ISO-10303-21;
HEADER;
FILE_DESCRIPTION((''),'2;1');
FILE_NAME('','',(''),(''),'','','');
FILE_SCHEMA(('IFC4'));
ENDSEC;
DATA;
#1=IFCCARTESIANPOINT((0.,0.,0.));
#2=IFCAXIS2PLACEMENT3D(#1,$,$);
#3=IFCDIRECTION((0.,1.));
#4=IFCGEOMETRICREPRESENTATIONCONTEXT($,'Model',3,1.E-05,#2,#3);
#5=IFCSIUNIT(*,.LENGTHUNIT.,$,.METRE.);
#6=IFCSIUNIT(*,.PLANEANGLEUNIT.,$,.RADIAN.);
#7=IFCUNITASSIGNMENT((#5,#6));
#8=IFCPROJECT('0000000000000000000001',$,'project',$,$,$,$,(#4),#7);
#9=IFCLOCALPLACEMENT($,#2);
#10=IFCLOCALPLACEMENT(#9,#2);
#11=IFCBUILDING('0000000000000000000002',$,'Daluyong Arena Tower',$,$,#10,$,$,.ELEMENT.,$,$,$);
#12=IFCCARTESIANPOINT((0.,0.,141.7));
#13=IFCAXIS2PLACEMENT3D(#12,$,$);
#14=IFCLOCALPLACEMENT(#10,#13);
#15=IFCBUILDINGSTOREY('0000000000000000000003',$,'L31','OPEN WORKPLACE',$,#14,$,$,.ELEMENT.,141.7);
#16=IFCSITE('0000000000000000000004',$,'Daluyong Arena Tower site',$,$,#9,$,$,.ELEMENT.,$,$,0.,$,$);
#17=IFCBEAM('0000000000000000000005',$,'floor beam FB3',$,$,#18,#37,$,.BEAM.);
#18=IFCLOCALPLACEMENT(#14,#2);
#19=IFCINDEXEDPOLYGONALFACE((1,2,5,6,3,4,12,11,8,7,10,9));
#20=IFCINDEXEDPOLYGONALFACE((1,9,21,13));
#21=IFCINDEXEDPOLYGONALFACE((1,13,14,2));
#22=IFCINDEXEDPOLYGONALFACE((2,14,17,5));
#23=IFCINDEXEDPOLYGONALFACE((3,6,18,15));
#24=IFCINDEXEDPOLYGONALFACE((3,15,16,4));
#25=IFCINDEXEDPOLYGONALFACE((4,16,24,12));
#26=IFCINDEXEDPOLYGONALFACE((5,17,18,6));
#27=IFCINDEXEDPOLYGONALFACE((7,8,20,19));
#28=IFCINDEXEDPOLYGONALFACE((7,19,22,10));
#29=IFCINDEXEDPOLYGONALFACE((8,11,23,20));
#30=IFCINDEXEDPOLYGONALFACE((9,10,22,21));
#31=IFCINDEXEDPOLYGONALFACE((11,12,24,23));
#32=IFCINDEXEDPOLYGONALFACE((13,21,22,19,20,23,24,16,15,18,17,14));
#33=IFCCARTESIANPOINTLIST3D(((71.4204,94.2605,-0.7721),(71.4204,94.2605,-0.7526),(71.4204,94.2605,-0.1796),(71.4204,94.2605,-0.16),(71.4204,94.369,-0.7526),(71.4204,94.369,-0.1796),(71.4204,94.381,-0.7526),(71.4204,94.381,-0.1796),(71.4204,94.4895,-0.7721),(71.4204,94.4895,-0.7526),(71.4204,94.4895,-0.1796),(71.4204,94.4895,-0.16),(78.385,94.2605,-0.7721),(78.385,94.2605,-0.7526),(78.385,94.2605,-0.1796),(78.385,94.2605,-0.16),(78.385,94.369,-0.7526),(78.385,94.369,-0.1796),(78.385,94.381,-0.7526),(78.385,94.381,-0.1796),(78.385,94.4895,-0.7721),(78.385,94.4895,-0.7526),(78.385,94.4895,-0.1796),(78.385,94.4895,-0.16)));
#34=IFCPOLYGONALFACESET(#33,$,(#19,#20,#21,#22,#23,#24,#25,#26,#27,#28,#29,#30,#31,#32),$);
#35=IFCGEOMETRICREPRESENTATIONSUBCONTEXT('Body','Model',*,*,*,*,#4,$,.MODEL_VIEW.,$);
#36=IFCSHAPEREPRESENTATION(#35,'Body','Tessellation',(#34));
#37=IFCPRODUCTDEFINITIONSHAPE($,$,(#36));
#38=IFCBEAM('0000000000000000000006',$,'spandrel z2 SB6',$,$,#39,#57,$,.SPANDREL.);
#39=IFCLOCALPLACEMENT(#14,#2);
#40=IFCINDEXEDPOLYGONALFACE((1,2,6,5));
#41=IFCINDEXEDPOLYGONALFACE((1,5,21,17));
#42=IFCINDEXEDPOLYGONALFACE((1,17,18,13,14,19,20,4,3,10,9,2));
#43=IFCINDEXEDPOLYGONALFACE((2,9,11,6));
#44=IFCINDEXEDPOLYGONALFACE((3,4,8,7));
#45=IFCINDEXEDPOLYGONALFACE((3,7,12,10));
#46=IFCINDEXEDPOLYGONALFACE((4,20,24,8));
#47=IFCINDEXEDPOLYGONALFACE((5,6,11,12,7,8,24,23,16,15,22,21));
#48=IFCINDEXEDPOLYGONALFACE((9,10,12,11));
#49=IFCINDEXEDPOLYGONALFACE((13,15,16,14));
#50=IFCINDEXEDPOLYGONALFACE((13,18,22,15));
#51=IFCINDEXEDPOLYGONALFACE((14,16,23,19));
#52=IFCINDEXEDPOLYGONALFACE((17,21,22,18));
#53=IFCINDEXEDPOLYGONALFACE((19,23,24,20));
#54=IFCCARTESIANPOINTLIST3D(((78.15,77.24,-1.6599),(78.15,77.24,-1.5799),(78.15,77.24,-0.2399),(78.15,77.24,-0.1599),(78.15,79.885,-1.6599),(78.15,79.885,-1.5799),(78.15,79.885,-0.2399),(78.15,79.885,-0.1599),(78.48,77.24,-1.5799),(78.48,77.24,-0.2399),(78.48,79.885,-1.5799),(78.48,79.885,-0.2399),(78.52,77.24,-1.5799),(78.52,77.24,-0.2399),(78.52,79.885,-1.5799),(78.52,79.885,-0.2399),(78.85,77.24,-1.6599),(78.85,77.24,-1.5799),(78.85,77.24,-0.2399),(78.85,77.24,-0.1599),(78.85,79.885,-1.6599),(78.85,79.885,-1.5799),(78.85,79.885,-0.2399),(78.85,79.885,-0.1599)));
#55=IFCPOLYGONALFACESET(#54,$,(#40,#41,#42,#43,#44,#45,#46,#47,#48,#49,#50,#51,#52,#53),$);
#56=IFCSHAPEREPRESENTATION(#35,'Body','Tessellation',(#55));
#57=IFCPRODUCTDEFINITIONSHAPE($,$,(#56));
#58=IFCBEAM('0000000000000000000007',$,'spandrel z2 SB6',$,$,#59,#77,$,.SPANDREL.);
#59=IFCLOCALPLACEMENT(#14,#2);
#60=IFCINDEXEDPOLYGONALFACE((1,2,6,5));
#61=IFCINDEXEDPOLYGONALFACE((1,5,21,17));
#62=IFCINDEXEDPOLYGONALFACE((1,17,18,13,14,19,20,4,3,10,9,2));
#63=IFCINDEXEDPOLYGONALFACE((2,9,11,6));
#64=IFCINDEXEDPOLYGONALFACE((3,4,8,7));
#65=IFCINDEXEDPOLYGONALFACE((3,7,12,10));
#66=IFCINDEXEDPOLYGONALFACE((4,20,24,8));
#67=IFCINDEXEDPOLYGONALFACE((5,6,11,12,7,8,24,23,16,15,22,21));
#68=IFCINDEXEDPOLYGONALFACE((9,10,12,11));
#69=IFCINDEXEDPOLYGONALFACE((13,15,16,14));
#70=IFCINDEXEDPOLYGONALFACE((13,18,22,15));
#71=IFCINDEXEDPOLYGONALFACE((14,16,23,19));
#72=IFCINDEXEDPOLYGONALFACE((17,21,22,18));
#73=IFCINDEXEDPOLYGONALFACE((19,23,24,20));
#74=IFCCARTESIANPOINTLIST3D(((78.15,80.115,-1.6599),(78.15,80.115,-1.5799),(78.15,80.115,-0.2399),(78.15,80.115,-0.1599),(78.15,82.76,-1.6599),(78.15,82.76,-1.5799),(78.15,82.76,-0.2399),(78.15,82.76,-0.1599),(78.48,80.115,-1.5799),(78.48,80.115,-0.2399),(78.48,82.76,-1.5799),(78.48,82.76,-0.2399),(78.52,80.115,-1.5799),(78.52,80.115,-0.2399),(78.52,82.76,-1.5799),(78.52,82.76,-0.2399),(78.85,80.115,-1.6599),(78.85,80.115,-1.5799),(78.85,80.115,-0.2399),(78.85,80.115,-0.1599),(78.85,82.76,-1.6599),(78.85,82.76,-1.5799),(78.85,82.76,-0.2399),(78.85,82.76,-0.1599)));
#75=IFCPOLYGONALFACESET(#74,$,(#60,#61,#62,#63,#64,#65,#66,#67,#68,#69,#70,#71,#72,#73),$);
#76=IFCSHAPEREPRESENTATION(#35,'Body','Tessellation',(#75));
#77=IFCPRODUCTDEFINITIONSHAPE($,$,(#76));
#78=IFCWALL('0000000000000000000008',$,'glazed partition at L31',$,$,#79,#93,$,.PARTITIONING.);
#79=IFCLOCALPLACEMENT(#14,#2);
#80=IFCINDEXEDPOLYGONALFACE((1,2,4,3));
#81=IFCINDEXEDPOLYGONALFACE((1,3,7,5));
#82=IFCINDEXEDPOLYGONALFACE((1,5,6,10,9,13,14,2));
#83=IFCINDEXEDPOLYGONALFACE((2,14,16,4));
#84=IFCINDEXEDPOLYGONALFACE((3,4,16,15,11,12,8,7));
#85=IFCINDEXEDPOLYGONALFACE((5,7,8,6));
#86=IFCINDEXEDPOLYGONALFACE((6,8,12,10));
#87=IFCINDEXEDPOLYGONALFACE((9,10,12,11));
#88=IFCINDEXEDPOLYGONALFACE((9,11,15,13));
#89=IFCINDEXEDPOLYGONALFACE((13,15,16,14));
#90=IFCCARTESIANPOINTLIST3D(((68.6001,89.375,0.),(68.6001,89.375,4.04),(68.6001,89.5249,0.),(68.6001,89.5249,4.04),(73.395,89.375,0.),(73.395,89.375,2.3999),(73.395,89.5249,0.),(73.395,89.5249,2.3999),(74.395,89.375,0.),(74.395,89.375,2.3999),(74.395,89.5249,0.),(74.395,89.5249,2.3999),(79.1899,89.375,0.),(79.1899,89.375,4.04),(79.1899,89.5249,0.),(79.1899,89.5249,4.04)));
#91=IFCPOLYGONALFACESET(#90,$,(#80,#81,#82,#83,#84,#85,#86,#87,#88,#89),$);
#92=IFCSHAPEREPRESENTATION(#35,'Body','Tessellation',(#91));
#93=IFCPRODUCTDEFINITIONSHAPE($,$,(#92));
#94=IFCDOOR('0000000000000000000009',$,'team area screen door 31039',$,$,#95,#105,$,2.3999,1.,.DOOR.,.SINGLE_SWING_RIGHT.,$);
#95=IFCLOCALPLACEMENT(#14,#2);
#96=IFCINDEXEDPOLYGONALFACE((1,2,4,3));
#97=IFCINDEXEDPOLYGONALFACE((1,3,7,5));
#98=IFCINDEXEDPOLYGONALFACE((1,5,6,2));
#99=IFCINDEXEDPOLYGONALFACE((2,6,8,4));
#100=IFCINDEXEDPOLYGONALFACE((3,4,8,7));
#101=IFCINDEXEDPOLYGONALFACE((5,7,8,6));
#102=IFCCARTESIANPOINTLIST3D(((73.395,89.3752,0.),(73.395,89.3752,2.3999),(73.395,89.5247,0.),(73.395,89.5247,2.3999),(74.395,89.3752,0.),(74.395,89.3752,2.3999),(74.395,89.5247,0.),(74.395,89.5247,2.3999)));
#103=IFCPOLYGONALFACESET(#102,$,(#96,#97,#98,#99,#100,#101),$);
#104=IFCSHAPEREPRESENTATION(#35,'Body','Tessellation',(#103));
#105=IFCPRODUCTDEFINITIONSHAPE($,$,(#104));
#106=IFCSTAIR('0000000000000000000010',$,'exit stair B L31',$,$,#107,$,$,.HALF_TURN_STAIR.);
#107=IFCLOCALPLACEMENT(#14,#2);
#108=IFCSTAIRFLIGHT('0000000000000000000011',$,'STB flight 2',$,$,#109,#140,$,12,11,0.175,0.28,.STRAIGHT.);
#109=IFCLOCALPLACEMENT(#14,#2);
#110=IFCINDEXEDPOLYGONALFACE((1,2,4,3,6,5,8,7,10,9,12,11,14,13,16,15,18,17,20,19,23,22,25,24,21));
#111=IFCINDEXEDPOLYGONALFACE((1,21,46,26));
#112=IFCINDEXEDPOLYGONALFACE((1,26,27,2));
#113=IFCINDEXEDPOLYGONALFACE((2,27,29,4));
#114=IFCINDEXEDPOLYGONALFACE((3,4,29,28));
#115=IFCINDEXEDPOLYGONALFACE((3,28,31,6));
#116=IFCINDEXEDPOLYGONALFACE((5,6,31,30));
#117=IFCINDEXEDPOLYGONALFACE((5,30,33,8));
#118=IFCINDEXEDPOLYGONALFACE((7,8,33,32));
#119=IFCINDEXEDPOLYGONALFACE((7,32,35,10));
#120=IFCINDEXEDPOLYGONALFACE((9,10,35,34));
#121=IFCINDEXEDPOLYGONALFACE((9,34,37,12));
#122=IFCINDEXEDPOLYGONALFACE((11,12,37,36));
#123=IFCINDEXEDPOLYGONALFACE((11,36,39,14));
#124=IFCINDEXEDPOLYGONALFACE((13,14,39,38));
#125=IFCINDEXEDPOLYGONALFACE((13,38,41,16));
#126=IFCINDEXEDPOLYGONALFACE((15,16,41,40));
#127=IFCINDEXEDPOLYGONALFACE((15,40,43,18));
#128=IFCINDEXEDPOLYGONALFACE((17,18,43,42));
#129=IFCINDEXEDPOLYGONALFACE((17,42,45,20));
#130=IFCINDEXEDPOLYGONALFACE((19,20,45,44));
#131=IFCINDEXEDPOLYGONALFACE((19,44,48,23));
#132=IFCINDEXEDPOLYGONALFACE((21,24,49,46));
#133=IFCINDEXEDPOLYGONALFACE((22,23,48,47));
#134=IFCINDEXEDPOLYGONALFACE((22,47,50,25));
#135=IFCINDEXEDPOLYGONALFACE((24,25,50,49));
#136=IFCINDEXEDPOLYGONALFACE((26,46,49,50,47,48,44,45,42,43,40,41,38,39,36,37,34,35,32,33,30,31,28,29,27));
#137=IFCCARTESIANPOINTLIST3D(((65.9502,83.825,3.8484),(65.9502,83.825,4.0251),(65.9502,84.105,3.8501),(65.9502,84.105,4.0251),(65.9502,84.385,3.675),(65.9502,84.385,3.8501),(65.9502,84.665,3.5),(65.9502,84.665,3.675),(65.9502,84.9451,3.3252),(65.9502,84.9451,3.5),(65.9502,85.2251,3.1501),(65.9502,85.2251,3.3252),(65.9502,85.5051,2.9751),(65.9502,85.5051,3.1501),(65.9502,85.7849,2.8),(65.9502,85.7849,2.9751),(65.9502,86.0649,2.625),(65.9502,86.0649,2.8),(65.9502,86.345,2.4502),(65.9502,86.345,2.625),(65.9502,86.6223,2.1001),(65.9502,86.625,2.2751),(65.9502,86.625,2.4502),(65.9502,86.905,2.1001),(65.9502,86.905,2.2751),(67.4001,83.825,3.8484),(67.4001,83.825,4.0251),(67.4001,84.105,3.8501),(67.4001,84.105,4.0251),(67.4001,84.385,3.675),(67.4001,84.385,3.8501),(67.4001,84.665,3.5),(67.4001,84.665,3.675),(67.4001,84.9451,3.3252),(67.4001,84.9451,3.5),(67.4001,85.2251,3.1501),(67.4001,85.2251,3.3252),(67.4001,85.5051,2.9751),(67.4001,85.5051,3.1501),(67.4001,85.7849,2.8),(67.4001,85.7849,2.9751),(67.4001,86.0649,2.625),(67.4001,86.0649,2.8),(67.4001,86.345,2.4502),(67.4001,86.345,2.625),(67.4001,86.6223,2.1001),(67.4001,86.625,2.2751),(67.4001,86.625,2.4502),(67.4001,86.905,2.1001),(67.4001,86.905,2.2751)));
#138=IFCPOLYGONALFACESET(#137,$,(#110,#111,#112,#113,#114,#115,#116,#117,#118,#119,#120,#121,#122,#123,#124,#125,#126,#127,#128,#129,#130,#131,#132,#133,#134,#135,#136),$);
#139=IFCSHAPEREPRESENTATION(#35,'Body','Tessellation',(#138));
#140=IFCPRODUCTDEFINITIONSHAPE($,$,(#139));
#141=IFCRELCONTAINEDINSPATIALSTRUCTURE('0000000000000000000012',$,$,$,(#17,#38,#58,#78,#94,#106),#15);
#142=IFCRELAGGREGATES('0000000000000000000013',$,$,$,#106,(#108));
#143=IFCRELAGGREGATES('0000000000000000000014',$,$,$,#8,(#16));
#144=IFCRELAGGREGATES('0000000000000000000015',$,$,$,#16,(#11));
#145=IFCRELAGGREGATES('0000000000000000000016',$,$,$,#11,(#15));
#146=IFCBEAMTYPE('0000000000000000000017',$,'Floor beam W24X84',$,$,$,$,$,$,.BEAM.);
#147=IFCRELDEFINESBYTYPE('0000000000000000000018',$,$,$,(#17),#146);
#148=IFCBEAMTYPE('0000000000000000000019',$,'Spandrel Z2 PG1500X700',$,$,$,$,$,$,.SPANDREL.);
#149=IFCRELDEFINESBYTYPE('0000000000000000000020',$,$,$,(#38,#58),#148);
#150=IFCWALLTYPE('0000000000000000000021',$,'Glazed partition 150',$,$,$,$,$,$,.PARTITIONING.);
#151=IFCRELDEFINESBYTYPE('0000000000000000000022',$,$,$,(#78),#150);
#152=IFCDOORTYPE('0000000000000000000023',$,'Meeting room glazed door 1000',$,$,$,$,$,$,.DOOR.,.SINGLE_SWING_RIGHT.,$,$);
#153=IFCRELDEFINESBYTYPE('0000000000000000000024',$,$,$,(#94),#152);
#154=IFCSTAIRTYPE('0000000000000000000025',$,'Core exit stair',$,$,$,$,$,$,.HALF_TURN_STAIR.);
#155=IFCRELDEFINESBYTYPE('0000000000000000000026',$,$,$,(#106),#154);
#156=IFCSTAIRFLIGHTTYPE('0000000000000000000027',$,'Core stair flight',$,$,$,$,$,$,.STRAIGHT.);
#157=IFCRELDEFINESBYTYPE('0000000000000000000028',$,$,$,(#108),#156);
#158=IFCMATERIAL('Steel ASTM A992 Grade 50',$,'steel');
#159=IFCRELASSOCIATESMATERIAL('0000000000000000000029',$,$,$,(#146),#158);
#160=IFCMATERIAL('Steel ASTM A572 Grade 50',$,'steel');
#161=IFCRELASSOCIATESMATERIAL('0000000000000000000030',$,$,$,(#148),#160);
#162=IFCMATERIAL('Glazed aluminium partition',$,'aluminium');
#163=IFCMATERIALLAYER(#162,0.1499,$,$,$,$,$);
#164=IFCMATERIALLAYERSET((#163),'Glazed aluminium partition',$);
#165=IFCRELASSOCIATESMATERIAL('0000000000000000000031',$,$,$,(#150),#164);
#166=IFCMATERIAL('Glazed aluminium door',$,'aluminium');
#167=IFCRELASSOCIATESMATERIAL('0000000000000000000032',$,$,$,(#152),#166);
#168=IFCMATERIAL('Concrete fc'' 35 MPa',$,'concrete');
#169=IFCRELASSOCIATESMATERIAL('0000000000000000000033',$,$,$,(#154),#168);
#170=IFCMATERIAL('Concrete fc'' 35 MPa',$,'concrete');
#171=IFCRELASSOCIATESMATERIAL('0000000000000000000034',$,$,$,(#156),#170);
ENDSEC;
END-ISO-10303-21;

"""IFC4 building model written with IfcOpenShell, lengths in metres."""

from ifc_helpers import new_model, si_unit, direction, frame, frame_2d, origin, origin_2d, place, context, subcontext, project, spatial, polyline, rectangle, i_section, outline, extrude, material, layer, layer_set, material_profile, profile_set, type_object, element, fill, aggregate, save


model = new_model("IFC4")

# Units and contexts
model_context = context("Model", 3, precision=1e-05, world=origin(), true_north=direction((0.0, 1.0)))
body_context = subcontext(model_context, "Body", "Model", "MODEL_VIEW")
ifc_project = project(units=[si_unit("LENGTHUNIT", "METRE"), si_unit("PLANEANGLEUNIT", "RADIAN")], contexts=[model_context])

# Site, building, storey
site_placement = place(None, origin())
site = spatial("IfcSite", under=ifc_project, at=site_placement, Name="Daluyong Arena Tower site", CompositionType="ELEMENT", RefElevation=0.0)
building_placement = place(site_placement, origin())
building = spatial("IfcBuilding", under=site, at=building_placement, Name="Daluyong Arena Tower", CompositionType="ELEMENT")
storey_placement = place(building_placement, frame((0.0, 0.0, 141.7)))
storey = spatial("IfcBuildingStorey", under=building, at=storey_placement, Name="L31", Description="OPEN WORKPLACE", CompositionType="ELEMENT", Elevation=141.7)

# Beams
ifc_material_1 = material(Name="Steel ASTM A992 Grade 50", Category="steel")
ifc_material_profile_1 = material_profile(ifc_material_1, i_section(OverallWidth=0.229, OverallDepth=0.6121, WebThickness=0.012, FlangeThickness=0.0195, at=origin_2d()))
ifc_profile_set_1 = profile_set([ifc_material_profile_1], Name="Steel ASTM A992 Grade 50")
beam_type_1 = type_object("IfcBeamType", Name="Floor beam W24X84", PredefinedType="BEAM", material=ifc_profile_set_1)
beam_1_placement = place(storey_placement, frame((78.385, 94.375, -0.4661), z_axis=(-1.0, 0.0, 0.0), x_axis=(0.0, -1.0, 0.0)))
element("IfcBeam", 1, at=beam_1_placement, inside=storey, type_object=beam_type_1, Name="floor beam FB3", PredefinedType="BEAM", context=body_context, shape_type="SweptSolid", body=[
    extrude(i_section(OverallWidth=0.229, OverallDepth=0.6121, WebThickness=0.012, FlangeThickness=0.0195, at=origin_2d()), origin(), (0.0, 0.0, 1.0), 6.9646),
])
ifc_material_2 = material(Name="Steel ASTM A572 Grade 50", Category="steel")
ifc_material_profile_2 = material_profile(ifc_material_2, i_section(OverallWidth=0.7, OverallDepth=1.5, WebThickness=0.04, FlangeThickness=0.08, at=origin_2d()))
ifc_profile_set_2 = profile_set([ifc_material_profile_2], Name="Steel ASTM A572 Grade 50")
beam_type_2 = type_object("IfcBeamType", Name="Spandrel Z2 PG1500X700", PredefinedType="SPANDREL", material=ifc_profile_set_2)
for number, where, z_axis, x_axis, name in (
    (2, (78.5, 77.24, -0.9099), (0.0, 1.0, 0.0), (-1.0, 0.0, 0.0), "spandrel z2 SB6"),
    (3, (78.5, 80.115, -0.9099), (0.0, 1.0, 0.0), (-1.0, 0.0, 0.0), "spandrel z2 SB6"),
):
    element("IfcBeam", number, at=place(storey_placement, frame(where, z_axis=z_axis, x_axis=x_axis)), inside=storey, type_object=beam_type_2, Name=name, PredefinedType="SPANDREL", context=body_context, shape_type="SweptSolid", body=[
        extrude(i_section(OverallWidth=0.7, OverallDepth=1.5, WebThickness=0.04, FlangeThickness=0.08, at=origin_2d()), origin(), (0.0, 0.0, 1.0), 2.645),
    ])

# Wall, opening, door
ifc_material_3 = material(Name="Glazed aluminium partition", Category="aluminium")
ifc_layer = layer(ifc_material_3, 0.1499)
ifc_layer_set = layer_set([ifc_layer], Name="Glazed aluminium partition")
wall_type = type_object("IfcWallType", Name="Glazed partition 150", PredefinedType="PARTITIONING", material=ifc_layer_set)
wall_placement = place(storey_placement, frame((68.6001, 89.45, 0.0), z_axis=(0.0, 0.0, 1.0), x_axis=(1.0, 0.0, 0.0)))
wall = element("IfcWall", 4, at=wall_placement, inside=storey, type_object=wall_type, Name="glazed partition at L31", PredefinedType="PARTITIONING", context=body_context, shape_type="SweptSolid", body=[
    extrude(rectangle(XDim=10.5898, YDim=0.1499, at=frame_2d((5.2949, 0.0))), origin(), (0.0, 0.0, 1.0), 4.04),
])
opening_placement = place(wall_placement, frame((4.7949, 0.0, 0.0)))
opening = element("IfcOpeningElement", 5, at=opening_placement, cuts=wall, PredefinedType="OPENING", context=body_context, shape_type="SweptSolid", body=[
    extrude(rectangle(XDim=1.0, YDim=2.3999, at=frame_2d((0.5, 1.2))), frame((0.0, 0.085, 0.0), z_axis=(0.0, -1.0, 0.0), x_axis=(1.0, 0.0, 0.0)), (0.0, 0.0, 1.0), 0.1699),
])
ifc_material_4 = material(Name="Glazed aluminium door", Category="aluminium")
door_type = type_object("IfcDoorType", Name="Meeting room glazed door 1000", OperationType="SINGLE_SWING_RIGHT", PredefinedType="DOOR", material=ifc_material_4)
door_placement = place(opening_placement, origin())
door = element("IfcDoor", 6, at=door_placement, inside=storey, type_object=door_type, Name="team area screen door 31039", OperationType="SINGLE_SWING_RIGHT", OverallHeight=2.3999, OverallWidth=1.0, PredefinedType="DOOR", context=body_context, shape_type="SweptSolid", body=[
    extrude(rectangle(XDim=1.0, YDim=2.3999, at=frame_2d((0.5, 1.2))), frame((0.0, 0.0747, 0.0), z_axis=(0.0, -1.0, 0.0), x_axis=(1.0, 0.0, 0.0)), (0.0, 0.0, 1.0), 0.1494),
])
fill(opening, door)

# Stair, stair flight
ifc_material_5 = material(Name="Concrete fc' 35 MPa", Category="concrete")
stair_type = type_object("IfcStairType", Name="Core exit stair", PredefinedType="HALF_TURN_STAIR", material=ifc_material_5)
stair_placement = place(storey_placement, origin())
stair = element("IfcStair", 7, at=stair_placement, inside=storey, type_object=stair_type, Name="exit stair B L31", PredefinedType="HALF_TURN_STAIR")
ifc_material_6 = material(Name="Concrete fc' 35 MPa", Category="concrete")
stair_flight_type = type_object("IfcStairFlightType", Name="Core stair flight", PredefinedType="STRAIGHT", material=ifc_material_6)
stair_flight_placement = place(storey_placement, frame((66.675, 86.905, 2.1001), z_axis=(0.0, 0.0, 1.0), x_axis=(0.0, -1.0, 0.0)))
stair_flight = element("IfcStairFlight", 8, at=stair_flight_placement, type_object=stair_flight_type, Name="STB flight 2", NumberOfRisers=12, NumberOfTreads=11, PredefinedType="STRAIGHT", RiserHeight=0.175, TreadLength=0.28, context=body_context, shape_type="SweptSolid", body=[
    extrude(outline(polyline([(0.0, 0.0), (0.0, 0.175), (0.28, 0.175), (0.28, 0.3501), (0.5601, 0.3501), (0.5601, 0.5249), (0.8401, 0.5249), (0.8401, 0.7), (1.1201, 0.7), (1.1201, 0.875), (1.3999, 0.875), (1.3999, 1.05), (1.6799, 1.05), (1.6799, 1.2251), (1.96, 1.2251), (1.96, 1.3999), (2.24, 1.3999), (2.24, 1.575), (2.52, 1.575), (2.52, 1.75), (2.8, 1.75), (2.8, 1.925), (3.0801, 1.925), (3.0801, 2.1001), (3.0801, 1.7483), (0.2827, 0.0), (0.0, 0.0)])), frame((0.0, 0.7251, 0.0), z_axis=(0.0, -1.0, 0.0), x_axis=(1.0, 0.0, 0.0)), (0.0, 0.0, 1.0), 1.45),
])
aggregate(stair, [stair_flight])

save(model, "model.ifc")
